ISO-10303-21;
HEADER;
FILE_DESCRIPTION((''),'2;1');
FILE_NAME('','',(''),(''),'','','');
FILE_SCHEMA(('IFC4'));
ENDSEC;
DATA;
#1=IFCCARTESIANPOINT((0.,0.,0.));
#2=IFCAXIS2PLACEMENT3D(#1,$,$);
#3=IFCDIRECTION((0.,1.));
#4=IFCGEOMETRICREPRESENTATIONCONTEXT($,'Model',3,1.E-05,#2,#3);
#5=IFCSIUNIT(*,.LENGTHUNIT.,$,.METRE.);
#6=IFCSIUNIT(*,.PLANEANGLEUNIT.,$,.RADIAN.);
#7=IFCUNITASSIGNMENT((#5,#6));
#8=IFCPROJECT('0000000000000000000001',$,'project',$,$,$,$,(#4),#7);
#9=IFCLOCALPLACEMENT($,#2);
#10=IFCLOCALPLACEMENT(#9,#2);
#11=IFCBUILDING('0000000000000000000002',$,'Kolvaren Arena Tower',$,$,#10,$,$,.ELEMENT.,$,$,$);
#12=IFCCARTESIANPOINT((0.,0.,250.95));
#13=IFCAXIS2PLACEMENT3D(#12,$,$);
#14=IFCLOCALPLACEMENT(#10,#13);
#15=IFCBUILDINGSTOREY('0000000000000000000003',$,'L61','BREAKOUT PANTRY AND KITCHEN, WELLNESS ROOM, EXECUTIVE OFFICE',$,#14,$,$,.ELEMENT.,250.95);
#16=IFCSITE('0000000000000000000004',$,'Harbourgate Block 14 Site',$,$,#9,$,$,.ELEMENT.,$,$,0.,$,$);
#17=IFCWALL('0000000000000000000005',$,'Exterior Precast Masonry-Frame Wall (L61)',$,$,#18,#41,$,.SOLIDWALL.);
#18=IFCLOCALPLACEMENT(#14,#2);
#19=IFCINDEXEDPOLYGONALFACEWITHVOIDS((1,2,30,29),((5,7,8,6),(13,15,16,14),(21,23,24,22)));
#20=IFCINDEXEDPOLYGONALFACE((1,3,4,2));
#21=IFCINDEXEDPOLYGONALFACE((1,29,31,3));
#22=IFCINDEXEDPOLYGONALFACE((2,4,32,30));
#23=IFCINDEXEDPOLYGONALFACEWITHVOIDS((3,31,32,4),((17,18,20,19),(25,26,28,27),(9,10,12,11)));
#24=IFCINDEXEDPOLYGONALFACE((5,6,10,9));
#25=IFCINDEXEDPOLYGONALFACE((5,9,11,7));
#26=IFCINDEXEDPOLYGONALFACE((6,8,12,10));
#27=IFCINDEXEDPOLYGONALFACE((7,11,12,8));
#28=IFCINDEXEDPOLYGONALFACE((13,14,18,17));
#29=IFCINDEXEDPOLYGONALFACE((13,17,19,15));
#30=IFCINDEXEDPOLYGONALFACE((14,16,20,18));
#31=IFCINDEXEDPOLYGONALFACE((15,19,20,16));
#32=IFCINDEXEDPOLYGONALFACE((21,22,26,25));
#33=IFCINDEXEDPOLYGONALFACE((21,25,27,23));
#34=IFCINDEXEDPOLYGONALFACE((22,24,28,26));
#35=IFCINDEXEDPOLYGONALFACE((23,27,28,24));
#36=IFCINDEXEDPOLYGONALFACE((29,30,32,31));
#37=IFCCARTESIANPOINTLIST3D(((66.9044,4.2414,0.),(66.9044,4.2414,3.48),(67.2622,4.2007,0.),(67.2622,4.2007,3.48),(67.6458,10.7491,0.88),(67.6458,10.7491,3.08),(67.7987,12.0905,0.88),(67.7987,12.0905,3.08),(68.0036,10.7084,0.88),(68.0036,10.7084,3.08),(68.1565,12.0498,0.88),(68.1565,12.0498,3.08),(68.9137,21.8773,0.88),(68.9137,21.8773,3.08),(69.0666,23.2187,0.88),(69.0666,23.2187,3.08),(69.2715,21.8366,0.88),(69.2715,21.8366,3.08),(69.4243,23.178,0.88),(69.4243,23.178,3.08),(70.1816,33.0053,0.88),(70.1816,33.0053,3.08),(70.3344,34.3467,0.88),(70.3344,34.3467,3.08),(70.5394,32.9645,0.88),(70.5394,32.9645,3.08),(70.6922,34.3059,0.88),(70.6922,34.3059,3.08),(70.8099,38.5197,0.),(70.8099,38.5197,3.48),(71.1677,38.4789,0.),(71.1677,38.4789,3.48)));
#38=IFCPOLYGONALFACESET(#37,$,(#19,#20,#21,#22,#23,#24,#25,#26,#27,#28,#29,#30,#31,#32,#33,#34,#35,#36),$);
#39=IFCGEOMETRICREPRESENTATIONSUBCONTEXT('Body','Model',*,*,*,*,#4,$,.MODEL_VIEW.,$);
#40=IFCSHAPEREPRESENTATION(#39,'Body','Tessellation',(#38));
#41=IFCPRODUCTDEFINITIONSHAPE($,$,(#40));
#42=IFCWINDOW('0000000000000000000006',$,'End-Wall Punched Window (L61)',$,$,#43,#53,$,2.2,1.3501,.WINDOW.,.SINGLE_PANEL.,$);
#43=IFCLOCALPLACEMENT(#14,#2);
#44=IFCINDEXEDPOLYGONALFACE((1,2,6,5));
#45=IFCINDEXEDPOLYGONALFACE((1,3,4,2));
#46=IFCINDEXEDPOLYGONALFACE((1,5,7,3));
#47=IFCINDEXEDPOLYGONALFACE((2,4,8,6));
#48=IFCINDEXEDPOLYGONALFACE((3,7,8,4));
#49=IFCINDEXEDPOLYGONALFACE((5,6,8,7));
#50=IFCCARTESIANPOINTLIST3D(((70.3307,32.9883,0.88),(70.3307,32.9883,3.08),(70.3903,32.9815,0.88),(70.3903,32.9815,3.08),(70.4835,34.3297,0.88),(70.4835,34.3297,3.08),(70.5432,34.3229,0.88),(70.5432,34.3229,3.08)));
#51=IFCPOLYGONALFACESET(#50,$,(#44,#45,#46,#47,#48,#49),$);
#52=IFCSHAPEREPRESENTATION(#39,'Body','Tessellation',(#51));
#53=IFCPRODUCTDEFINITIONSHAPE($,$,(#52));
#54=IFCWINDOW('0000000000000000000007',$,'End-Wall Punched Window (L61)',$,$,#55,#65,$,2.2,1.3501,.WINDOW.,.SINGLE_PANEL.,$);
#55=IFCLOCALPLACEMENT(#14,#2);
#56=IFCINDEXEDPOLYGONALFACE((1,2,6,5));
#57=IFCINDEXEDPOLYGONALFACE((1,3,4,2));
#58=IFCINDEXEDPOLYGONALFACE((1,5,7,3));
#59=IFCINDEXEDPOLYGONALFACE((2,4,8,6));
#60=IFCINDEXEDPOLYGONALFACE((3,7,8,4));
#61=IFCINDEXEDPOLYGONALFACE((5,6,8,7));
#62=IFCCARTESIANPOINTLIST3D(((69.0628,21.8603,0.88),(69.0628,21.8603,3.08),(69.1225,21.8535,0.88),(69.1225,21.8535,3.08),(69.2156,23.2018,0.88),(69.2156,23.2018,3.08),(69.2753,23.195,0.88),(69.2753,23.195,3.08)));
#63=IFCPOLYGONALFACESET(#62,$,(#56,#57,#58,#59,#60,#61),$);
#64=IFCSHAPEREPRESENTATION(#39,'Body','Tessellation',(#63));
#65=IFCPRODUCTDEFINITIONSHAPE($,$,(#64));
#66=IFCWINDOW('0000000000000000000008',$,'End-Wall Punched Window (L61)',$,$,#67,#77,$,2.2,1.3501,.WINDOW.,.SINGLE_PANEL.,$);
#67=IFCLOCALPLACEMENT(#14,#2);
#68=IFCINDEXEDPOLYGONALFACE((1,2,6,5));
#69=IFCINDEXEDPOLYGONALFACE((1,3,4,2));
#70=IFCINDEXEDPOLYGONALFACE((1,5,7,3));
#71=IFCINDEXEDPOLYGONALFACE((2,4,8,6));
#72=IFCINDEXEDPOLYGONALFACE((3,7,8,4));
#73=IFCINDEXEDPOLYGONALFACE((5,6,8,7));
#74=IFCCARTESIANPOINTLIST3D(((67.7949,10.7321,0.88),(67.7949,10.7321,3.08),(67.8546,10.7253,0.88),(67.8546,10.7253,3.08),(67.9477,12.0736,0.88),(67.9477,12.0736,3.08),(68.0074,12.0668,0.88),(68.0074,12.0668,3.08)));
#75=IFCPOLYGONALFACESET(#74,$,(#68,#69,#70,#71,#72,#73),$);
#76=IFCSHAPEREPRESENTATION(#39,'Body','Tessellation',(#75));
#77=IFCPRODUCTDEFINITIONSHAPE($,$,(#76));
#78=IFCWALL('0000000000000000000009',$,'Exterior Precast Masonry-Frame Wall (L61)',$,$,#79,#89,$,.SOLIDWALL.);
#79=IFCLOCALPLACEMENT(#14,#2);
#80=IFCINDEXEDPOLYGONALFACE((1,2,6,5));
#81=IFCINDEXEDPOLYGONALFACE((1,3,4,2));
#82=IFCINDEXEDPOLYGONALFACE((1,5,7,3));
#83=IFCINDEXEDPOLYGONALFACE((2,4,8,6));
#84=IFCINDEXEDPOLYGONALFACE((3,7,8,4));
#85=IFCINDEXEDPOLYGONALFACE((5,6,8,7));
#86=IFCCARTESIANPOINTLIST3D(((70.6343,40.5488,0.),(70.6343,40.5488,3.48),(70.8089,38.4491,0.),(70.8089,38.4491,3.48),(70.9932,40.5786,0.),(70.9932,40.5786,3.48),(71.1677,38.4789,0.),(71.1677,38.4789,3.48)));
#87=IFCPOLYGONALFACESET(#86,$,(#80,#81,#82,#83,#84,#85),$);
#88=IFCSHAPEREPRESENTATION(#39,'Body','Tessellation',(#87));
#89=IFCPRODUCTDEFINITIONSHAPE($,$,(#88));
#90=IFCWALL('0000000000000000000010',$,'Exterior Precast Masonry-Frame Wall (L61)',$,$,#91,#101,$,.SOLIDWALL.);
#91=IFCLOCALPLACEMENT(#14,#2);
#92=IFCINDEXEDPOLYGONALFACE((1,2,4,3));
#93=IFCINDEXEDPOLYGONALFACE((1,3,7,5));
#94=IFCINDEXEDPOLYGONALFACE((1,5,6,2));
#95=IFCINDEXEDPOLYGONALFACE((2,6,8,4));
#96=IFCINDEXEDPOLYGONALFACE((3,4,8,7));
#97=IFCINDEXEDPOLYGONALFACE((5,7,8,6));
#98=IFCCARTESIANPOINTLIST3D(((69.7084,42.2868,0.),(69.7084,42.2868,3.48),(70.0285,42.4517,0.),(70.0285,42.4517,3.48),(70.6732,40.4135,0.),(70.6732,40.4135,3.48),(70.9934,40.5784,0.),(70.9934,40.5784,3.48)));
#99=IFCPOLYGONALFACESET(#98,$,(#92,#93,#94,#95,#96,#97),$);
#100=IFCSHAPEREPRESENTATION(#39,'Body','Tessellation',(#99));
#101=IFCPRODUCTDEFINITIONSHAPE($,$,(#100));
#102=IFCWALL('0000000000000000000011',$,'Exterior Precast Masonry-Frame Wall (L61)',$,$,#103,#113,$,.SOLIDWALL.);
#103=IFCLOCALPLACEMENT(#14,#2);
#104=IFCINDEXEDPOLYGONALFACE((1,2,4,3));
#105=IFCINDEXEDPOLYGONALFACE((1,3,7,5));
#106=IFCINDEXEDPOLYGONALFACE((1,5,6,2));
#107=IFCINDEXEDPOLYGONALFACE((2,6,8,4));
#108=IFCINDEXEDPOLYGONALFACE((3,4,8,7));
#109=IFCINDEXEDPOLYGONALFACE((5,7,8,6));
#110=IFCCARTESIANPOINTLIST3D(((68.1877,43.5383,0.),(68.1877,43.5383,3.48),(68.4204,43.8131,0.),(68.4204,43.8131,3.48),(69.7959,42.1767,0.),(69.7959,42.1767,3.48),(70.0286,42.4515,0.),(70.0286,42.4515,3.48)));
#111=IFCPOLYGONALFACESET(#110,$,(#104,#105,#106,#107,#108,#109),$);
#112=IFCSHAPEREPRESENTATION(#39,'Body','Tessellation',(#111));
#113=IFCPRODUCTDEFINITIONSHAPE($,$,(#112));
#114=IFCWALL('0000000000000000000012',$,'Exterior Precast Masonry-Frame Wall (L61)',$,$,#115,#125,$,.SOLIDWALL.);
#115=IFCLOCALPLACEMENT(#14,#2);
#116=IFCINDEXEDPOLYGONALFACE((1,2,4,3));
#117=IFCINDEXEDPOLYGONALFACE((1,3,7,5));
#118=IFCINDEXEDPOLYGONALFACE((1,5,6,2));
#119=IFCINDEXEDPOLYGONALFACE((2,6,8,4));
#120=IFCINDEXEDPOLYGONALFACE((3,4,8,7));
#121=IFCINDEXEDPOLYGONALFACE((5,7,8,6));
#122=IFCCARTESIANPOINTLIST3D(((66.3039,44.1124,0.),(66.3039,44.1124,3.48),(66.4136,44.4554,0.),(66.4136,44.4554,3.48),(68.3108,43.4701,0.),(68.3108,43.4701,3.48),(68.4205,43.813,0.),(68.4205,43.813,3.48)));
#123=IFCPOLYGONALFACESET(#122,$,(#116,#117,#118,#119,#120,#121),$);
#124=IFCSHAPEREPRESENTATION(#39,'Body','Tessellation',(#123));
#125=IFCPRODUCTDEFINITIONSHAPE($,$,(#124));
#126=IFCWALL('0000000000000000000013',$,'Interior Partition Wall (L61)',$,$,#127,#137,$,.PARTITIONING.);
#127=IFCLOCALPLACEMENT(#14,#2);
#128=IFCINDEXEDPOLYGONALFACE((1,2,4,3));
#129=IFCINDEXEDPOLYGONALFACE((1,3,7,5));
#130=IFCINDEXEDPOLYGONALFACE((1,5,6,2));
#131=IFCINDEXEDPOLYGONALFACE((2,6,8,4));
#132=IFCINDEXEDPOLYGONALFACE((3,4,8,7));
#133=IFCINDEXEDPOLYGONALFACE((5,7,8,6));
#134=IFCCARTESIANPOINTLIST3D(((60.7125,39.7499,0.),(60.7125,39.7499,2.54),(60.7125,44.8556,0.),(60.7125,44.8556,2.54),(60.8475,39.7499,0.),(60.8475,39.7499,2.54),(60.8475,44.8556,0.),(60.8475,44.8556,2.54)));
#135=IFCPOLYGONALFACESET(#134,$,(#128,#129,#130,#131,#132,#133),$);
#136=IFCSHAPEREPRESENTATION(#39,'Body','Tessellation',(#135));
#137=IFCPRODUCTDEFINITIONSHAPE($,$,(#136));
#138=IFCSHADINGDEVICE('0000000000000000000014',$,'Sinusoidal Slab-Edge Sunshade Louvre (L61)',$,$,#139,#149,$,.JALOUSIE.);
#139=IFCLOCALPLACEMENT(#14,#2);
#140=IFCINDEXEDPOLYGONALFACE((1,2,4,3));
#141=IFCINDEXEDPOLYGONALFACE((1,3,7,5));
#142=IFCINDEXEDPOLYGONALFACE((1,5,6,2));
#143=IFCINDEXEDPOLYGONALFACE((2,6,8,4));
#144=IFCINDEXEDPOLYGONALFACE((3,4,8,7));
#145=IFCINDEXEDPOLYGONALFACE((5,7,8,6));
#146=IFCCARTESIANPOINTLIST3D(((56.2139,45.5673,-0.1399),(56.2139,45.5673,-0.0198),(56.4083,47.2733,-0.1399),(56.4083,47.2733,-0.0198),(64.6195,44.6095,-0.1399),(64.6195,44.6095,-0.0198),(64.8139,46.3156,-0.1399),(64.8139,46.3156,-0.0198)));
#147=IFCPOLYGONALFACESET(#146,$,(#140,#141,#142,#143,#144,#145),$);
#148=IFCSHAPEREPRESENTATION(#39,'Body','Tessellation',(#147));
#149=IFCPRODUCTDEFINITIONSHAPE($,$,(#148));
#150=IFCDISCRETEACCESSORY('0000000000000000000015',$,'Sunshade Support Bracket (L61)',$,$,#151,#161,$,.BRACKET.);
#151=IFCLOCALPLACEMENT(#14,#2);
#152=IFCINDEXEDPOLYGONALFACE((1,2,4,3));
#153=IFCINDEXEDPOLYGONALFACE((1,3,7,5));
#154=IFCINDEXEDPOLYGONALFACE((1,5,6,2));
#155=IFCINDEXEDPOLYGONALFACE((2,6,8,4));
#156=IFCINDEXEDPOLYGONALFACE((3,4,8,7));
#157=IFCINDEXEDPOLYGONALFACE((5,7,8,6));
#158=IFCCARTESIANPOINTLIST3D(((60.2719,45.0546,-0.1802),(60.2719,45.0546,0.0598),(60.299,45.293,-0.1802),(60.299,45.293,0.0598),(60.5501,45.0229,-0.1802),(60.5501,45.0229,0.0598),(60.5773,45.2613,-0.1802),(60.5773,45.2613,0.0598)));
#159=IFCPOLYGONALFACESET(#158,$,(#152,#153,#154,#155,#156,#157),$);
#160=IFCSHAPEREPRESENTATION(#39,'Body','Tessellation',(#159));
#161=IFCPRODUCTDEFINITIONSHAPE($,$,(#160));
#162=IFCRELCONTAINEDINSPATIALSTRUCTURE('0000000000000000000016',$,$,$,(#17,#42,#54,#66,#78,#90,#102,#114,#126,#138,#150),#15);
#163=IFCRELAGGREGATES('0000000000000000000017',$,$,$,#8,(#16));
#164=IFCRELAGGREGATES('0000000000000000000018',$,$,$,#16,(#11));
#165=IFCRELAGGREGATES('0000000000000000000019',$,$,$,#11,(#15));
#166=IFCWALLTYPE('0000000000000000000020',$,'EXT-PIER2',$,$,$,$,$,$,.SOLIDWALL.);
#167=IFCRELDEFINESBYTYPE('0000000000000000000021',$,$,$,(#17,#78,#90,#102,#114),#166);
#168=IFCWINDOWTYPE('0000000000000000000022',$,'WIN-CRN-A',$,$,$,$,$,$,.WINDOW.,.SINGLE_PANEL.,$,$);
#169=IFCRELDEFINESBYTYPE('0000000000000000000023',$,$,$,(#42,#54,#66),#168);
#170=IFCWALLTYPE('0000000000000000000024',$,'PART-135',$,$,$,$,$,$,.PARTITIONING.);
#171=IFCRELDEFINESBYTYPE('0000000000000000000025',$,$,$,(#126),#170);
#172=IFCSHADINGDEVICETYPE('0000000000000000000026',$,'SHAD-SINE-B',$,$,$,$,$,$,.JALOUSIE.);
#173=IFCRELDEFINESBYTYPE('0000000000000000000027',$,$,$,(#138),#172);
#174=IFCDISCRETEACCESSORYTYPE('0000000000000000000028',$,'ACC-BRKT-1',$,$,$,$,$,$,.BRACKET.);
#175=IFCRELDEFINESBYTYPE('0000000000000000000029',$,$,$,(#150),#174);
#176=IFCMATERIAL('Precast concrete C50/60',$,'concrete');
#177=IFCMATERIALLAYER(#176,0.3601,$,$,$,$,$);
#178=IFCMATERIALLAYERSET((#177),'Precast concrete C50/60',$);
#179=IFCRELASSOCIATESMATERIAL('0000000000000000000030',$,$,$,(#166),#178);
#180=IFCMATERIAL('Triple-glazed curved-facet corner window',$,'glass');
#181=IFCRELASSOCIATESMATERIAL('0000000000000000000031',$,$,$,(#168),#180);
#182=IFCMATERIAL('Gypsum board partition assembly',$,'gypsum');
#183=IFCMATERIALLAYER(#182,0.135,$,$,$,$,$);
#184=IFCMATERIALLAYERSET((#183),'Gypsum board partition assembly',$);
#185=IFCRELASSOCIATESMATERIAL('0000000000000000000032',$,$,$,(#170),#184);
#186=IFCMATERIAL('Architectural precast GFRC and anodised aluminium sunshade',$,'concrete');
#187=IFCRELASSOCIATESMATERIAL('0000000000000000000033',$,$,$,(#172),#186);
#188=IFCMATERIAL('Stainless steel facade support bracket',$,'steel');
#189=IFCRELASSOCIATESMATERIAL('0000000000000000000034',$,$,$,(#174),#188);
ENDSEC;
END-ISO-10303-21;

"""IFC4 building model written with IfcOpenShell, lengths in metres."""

from ifc_helpers import new_model, si_unit, direction, frame, frame_2d, origin, origin_2d, place, context, subcontext, project, spatial, rectangle, extrude, material, layer, layer_set, type_object, element, fill, save


model = new_model("IFC4")

# Units and contexts
model_context = context("Model", 3, precision=1e-05, world=origin(), true_north=direction((0.0, 1.0)))
body_context = subcontext(model_context, "Body", "Model", "MODEL_VIEW")
ifc_project = project(units=[si_unit("LENGTHUNIT", "METRE"), si_unit("PLANEANGLEUNIT", "RADIAN")], contexts=[model_context])

# Site, building, storey
site_placement = place(None, origin())
site = spatial("IfcSite", under=ifc_project, at=site_placement, Name="Harbourgate Block 14 Site", CompositionType="ELEMENT", RefElevation=0.0)
building_placement = place(site_placement, origin())
building = spatial("IfcBuilding", under=site, at=building_placement, Name="Kolvaren Arena Tower", CompositionType="ELEMENT")
storey_placement = place(building_placement, frame((0.0, 0.0, 250.95)))
storey = spatial("IfcBuildingStorey", under=building, at=storey_placement, Name="L61", Description="BREAKOUT PANTRY AND KITCHEN, WELLNESS ROOM, EXECUTIVE OFFICE", CompositionType="ELEMENT", Elevation=250.95)

# Wall, openings, windows
ifc_material_1 = material(Name="Precast concrete C50/60", Category="concrete")
ifc_layer_1 = layer(ifc_material_1, 0.3601)
ifc_layer_set_1 = layer_set([ifc_layer_1], Name="Precast concrete C50/60")
wall_type_1 = type_object("IfcWallType", Name="EXT-PIER2", PredefinedType="SOLIDWALL", material=ifc_layer_set_1)
wall_1_placement = place(storey_placement, frame((70.9888, 38.4993, 0.0), z_axis=(0.0, 0.0, 1.0), x_axis=(-0.113203, -0.993572, 0.0)))
wall_1 = element("IfcWall", 1, at=wall_1_placement, inside=storey, type_object=wall_type_1, Name="Exterior Precast Masonry-Frame Wall (L61)", PredefinedType="SOLIDWALL", context=body_context, shape_type="SweptSolid", body=[
    extrude(rectangle(XDim=34.5, YDim=0.3601, at=frame_2d((17.25, 0.0))), origin(), (0.0, 0.0, 1.0), 3.48),
])
opening_1_placement = place(wall_1_placement, frame((4.2, 0.0, 0.8799)))
opening_1 = element("IfcOpeningElement", 2, at=opening_1_placement, cuts=wall_1, PredefinedType="OPENING", context=body_context, shape_type="SweptSolid", body=[
    extrude(rectangle(XDim=1.3501, YDim=2.2, at=frame_2d((0.675, 1.1001))), frame((0.0, 0.1899, 0.0), z_axis=(0.0, -1.0, 0.0), x_axis=(1.0, 0.0, 0.0)), (0.0, 0.0, 1.0), 0.3801),
])
opening_2_placement = place(wall_1_placement, frame((15.3999, 0.0, 0.8799)))
opening_2 = element("IfcOpeningElement", 3, at=opening_2_placement, cuts=wall_1, PredefinedType="OPENING", context=body_context, shape_type="SweptSolid", body=[
    extrude(rectangle(XDim=1.3501, YDim=2.2, at=frame_2d((0.675, 1.1001))), frame((0.0, 0.1899, 0.0), z_axis=(0.0, -1.0, 0.0), x_axis=(1.0, 0.0, 0.0)), (0.0, 0.0, 1.0), 0.3801),
])
opening_3_placement = place(wall_1_placement, frame((26.6001, 0.0, 0.8799)))
opening_3 = element("IfcOpeningElement", 4, at=opening_3_placement, cuts=wall_1, PredefinedType="OPENING", context=body_context, shape_type="SweptSolid", body=[
    extrude(rectangle(XDim=1.3501, YDim=2.2, at=frame_2d((0.675, 1.1001))), frame((0.0, 0.1899, 0.0), z_axis=(0.0, -1.0, 0.0), x_axis=(1.0, 0.0, 0.0)), (0.0, 0.0, 1.0), 0.3801),
])
ifc_material_2 = material(Name="Triple-glazed curved-facet corner window", Category="glass")
window_type = type_object("IfcWindowType", Name="WIN-CRN-A", PartitioningType="SINGLE_PANEL", PredefinedType="WINDOW", material=ifc_material_2)
window_1_placement = place(opening_1_placement, origin())
window_1 = element("IfcWindow", 5, at=window_1_placement, inside=storey, type_object=window_type, Name="End-Wall Punched Window (L61)", OverallHeight=2.2, OverallWidth=1.3501, PartitioningType="SINGLE_PANEL", PredefinedType="WINDOW", context=body_context, shape_type="SweptSolid", body=[
    extrude(rectangle(XDim=1.3501, YDim=2.2, at=frame_2d((0.675, 1.1001))), frame((0.0, 0.03, 0.0), z_axis=(0.0, -1.0, 0.0), x_axis=(1.0, 0.0, 0.0)), (0.0, 0.0, 1.0), 0.0601),
])
fill(opening_1, window_1)
window_2_placement = place(opening_2_placement, origin())
window_2 = element("IfcWindow", 6, at=window_2_placement, inside=storey, type_object=window_type, Name="End-Wall Punched Window (L61)", OverallHeight=2.2, OverallWidth=1.3501, PartitioningType="SINGLE_PANEL", PredefinedType="WINDOW", context=body_context, shape_type="SweptSolid", body=[
    extrude(rectangle(XDim=1.3501, YDim=2.2, at=frame_2d((0.675, 1.1001))), frame((0.0, 0.03, 0.0), z_axis=(0.0, -1.0, 0.0), x_axis=(1.0, 0.0, 0.0)), (0.0, 0.0, 1.0), 0.0601),
])
fill(opening_2, window_2)
window_3_placement = place(opening_3_placement, origin())
window_3 = element("IfcWindow", 7, at=window_3_placement, inside=storey, type_object=window_type, Name="End-Wall Punched Window (L61)", OverallHeight=2.2, OverallWidth=1.3501, PartitioningType="SINGLE_PANEL", PredefinedType="WINDOW", context=body_context, shape_type="SweptSolid", body=[
    extrude(rectangle(XDim=1.3501, YDim=2.2, at=frame_2d((0.675, 1.1001))), frame((0.0, 0.03, 0.0), z_axis=(0.0, -1.0, 0.0), x_axis=(1.0, 0.0, 0.0)), (0.0, 0.0, 1.0), 0.0601),
])
fill(opening_3, window_3)

# Walls
wall_2_placement = place(storey_placement, frame((70.8137, 40.5637, 0.0), z_axis=(0.0, 0.0, 1.0), x_axis=(0.082854, -0.996562, 0.0)))
element("IfcWall", 8, at=wall_2_placement, inside=storey, type_object=wall_type_1, Name="Exterior Precast Masonry-Frame Wall (L61)", PredefinedType="SOLIDWALL", context=body_context, shape_type="SweptSolid", body=[
    extrude(rectangle(XDim=2.1069, YDim=0.3601, at=frame_2d((1.0535, 0.0))), origin(), (0.0, 0.0, 1.0), 3.48),
])
for number, where, z_axis, x_axis, name in (
    (9, (69.8684, 42.3694, 0.0), (0.0, 0.0, 1.0), (0.457887, -0.88901, 0.0), "Exterior Precast Masonry-Frame Wall (L61)"),
    (10, (68.304, 43.6758, 0.0), (0.0, 0.0, 1.0), (0.763193, -0.646171, 0.0), "Exterior Precast Masonry-Frame Wall (L61)"),
    (11, (66.3586, 44.2839, 0.0), (0.0, 0.0, 1.0), (0.952404, -0.304839, 0.0), "Exterior Precast Masonry-Frame Wall (L61)"),
):
    element("IfcWall", number, at=place(storey_placement, frame(where, z_axis=z_axis, x_axis=x_axis)), inside=storey, type_object=wall_type_1, Name=name, PredefinedType="SOLIDWALL", context=body_context, shape_type="SweptSolid", body=[
        extrude(rectangle(XDim=2.1072, YDim=0.3601, at=frame_2d((1.0537, 0.0))), origin(), (0.0, 0.0, 1.0), 3.48),
    ])
ifc_material_3 = material(Name="Gypsum board partition assembly", Category="gypsum")
ifc_layer_2 = layer(ifc_material_3, 0.135)
ifc_layer_set_2 = layer_set([ifc_layer_2], Name="Gypsum board partition assembly")
wall_type_2 = type_object("IfcWallType", Name="PART-135", PredefinedType="PARTITIONING", material=ifc_layer_set_2)
wall_3_placement = place(storey_placement, frame((60.78, 39.75, 0.0), z_axis=(0.0, 0.0, 1.0), x_axis=(0.0, 1.0, 0.0)))
element("IfcWall", 12, at=wall_3_placement, inside=storey, type_object=wall_type_2, Name="Interior Partition Wall (L61)", PredefinedType="PARTITIONING", context=body_context, shape_type="SweptSolid", body=[
    extrude(rectangle(XDim=5.1057, YDim=0.135, at=frame_2d((2.5527, 0.0))), origin(), (0.0, 0.0, 1.0), 2.54),
])

# Shading device
ifc_material_4 = material(Name="Architectural precast GFRC and anodised aluminium sunshade", Category="concrete")
shading_device_type = type_object("IfcShadingDeviceType", Name="SHAD-SINE-B", PredefinedType="JALOUSIE", material=ifc_material_4)
shading_device_placement = place(storey_placement, frame((60.5139, 45.9414, -0.1399), z_axis=(0.0, 0.0, 1.0), x_axis=(0.993572, -0.113205, 0.0)))
element("IfcShadingDevice", 13, at=shading_device_placement, inside=storey, type_object=shading_device_type, Name="Sinusoidal Slab-Edge Sunshade Louvre (L61)", PredefinedType="JALOUSIE", context=body_context, shape_type="SweptSolid", body=[
    extrude(rectangle(XDim=8.46, YDim=1.717, at=origin_2d()), origin(), (0.0, 0.0, 1.0), 0.1201),
])

# Discrete accessory
ifc_material_5 = material(Name="Stainless steel facade support bracket", Category="steel")
discrete_accessory_type = type_object("IfcDiscreteAccessoryType", Name="ACC-BRKT-1", PredefinedType="BRACKET", material=ifc_material_5)
discrete_accessory_placement = place(storey_placement, frame((60.4246, 45.158, -0.1802), z_axis=(0.0, 0.0, 1.0), x_axis=(0.993572, -0.113205, 0.0)))
element("IfcDiscreteAccessory", 14, at=discrete_accessory_placement, inside=storey, type_object=discrete_accessory_type, Name="Sunshade Support Bracket (L61)", PredefinedType="BRACKET", context=body_context, shape_type="SweptSolid", body=[
    extrude(rectangle(XDim=0.28, YDim=0.24, at=origin_2d()), origin(), (0.0, 0.0, 1.0), 0.24),
])

save(model, "model.ifc")
